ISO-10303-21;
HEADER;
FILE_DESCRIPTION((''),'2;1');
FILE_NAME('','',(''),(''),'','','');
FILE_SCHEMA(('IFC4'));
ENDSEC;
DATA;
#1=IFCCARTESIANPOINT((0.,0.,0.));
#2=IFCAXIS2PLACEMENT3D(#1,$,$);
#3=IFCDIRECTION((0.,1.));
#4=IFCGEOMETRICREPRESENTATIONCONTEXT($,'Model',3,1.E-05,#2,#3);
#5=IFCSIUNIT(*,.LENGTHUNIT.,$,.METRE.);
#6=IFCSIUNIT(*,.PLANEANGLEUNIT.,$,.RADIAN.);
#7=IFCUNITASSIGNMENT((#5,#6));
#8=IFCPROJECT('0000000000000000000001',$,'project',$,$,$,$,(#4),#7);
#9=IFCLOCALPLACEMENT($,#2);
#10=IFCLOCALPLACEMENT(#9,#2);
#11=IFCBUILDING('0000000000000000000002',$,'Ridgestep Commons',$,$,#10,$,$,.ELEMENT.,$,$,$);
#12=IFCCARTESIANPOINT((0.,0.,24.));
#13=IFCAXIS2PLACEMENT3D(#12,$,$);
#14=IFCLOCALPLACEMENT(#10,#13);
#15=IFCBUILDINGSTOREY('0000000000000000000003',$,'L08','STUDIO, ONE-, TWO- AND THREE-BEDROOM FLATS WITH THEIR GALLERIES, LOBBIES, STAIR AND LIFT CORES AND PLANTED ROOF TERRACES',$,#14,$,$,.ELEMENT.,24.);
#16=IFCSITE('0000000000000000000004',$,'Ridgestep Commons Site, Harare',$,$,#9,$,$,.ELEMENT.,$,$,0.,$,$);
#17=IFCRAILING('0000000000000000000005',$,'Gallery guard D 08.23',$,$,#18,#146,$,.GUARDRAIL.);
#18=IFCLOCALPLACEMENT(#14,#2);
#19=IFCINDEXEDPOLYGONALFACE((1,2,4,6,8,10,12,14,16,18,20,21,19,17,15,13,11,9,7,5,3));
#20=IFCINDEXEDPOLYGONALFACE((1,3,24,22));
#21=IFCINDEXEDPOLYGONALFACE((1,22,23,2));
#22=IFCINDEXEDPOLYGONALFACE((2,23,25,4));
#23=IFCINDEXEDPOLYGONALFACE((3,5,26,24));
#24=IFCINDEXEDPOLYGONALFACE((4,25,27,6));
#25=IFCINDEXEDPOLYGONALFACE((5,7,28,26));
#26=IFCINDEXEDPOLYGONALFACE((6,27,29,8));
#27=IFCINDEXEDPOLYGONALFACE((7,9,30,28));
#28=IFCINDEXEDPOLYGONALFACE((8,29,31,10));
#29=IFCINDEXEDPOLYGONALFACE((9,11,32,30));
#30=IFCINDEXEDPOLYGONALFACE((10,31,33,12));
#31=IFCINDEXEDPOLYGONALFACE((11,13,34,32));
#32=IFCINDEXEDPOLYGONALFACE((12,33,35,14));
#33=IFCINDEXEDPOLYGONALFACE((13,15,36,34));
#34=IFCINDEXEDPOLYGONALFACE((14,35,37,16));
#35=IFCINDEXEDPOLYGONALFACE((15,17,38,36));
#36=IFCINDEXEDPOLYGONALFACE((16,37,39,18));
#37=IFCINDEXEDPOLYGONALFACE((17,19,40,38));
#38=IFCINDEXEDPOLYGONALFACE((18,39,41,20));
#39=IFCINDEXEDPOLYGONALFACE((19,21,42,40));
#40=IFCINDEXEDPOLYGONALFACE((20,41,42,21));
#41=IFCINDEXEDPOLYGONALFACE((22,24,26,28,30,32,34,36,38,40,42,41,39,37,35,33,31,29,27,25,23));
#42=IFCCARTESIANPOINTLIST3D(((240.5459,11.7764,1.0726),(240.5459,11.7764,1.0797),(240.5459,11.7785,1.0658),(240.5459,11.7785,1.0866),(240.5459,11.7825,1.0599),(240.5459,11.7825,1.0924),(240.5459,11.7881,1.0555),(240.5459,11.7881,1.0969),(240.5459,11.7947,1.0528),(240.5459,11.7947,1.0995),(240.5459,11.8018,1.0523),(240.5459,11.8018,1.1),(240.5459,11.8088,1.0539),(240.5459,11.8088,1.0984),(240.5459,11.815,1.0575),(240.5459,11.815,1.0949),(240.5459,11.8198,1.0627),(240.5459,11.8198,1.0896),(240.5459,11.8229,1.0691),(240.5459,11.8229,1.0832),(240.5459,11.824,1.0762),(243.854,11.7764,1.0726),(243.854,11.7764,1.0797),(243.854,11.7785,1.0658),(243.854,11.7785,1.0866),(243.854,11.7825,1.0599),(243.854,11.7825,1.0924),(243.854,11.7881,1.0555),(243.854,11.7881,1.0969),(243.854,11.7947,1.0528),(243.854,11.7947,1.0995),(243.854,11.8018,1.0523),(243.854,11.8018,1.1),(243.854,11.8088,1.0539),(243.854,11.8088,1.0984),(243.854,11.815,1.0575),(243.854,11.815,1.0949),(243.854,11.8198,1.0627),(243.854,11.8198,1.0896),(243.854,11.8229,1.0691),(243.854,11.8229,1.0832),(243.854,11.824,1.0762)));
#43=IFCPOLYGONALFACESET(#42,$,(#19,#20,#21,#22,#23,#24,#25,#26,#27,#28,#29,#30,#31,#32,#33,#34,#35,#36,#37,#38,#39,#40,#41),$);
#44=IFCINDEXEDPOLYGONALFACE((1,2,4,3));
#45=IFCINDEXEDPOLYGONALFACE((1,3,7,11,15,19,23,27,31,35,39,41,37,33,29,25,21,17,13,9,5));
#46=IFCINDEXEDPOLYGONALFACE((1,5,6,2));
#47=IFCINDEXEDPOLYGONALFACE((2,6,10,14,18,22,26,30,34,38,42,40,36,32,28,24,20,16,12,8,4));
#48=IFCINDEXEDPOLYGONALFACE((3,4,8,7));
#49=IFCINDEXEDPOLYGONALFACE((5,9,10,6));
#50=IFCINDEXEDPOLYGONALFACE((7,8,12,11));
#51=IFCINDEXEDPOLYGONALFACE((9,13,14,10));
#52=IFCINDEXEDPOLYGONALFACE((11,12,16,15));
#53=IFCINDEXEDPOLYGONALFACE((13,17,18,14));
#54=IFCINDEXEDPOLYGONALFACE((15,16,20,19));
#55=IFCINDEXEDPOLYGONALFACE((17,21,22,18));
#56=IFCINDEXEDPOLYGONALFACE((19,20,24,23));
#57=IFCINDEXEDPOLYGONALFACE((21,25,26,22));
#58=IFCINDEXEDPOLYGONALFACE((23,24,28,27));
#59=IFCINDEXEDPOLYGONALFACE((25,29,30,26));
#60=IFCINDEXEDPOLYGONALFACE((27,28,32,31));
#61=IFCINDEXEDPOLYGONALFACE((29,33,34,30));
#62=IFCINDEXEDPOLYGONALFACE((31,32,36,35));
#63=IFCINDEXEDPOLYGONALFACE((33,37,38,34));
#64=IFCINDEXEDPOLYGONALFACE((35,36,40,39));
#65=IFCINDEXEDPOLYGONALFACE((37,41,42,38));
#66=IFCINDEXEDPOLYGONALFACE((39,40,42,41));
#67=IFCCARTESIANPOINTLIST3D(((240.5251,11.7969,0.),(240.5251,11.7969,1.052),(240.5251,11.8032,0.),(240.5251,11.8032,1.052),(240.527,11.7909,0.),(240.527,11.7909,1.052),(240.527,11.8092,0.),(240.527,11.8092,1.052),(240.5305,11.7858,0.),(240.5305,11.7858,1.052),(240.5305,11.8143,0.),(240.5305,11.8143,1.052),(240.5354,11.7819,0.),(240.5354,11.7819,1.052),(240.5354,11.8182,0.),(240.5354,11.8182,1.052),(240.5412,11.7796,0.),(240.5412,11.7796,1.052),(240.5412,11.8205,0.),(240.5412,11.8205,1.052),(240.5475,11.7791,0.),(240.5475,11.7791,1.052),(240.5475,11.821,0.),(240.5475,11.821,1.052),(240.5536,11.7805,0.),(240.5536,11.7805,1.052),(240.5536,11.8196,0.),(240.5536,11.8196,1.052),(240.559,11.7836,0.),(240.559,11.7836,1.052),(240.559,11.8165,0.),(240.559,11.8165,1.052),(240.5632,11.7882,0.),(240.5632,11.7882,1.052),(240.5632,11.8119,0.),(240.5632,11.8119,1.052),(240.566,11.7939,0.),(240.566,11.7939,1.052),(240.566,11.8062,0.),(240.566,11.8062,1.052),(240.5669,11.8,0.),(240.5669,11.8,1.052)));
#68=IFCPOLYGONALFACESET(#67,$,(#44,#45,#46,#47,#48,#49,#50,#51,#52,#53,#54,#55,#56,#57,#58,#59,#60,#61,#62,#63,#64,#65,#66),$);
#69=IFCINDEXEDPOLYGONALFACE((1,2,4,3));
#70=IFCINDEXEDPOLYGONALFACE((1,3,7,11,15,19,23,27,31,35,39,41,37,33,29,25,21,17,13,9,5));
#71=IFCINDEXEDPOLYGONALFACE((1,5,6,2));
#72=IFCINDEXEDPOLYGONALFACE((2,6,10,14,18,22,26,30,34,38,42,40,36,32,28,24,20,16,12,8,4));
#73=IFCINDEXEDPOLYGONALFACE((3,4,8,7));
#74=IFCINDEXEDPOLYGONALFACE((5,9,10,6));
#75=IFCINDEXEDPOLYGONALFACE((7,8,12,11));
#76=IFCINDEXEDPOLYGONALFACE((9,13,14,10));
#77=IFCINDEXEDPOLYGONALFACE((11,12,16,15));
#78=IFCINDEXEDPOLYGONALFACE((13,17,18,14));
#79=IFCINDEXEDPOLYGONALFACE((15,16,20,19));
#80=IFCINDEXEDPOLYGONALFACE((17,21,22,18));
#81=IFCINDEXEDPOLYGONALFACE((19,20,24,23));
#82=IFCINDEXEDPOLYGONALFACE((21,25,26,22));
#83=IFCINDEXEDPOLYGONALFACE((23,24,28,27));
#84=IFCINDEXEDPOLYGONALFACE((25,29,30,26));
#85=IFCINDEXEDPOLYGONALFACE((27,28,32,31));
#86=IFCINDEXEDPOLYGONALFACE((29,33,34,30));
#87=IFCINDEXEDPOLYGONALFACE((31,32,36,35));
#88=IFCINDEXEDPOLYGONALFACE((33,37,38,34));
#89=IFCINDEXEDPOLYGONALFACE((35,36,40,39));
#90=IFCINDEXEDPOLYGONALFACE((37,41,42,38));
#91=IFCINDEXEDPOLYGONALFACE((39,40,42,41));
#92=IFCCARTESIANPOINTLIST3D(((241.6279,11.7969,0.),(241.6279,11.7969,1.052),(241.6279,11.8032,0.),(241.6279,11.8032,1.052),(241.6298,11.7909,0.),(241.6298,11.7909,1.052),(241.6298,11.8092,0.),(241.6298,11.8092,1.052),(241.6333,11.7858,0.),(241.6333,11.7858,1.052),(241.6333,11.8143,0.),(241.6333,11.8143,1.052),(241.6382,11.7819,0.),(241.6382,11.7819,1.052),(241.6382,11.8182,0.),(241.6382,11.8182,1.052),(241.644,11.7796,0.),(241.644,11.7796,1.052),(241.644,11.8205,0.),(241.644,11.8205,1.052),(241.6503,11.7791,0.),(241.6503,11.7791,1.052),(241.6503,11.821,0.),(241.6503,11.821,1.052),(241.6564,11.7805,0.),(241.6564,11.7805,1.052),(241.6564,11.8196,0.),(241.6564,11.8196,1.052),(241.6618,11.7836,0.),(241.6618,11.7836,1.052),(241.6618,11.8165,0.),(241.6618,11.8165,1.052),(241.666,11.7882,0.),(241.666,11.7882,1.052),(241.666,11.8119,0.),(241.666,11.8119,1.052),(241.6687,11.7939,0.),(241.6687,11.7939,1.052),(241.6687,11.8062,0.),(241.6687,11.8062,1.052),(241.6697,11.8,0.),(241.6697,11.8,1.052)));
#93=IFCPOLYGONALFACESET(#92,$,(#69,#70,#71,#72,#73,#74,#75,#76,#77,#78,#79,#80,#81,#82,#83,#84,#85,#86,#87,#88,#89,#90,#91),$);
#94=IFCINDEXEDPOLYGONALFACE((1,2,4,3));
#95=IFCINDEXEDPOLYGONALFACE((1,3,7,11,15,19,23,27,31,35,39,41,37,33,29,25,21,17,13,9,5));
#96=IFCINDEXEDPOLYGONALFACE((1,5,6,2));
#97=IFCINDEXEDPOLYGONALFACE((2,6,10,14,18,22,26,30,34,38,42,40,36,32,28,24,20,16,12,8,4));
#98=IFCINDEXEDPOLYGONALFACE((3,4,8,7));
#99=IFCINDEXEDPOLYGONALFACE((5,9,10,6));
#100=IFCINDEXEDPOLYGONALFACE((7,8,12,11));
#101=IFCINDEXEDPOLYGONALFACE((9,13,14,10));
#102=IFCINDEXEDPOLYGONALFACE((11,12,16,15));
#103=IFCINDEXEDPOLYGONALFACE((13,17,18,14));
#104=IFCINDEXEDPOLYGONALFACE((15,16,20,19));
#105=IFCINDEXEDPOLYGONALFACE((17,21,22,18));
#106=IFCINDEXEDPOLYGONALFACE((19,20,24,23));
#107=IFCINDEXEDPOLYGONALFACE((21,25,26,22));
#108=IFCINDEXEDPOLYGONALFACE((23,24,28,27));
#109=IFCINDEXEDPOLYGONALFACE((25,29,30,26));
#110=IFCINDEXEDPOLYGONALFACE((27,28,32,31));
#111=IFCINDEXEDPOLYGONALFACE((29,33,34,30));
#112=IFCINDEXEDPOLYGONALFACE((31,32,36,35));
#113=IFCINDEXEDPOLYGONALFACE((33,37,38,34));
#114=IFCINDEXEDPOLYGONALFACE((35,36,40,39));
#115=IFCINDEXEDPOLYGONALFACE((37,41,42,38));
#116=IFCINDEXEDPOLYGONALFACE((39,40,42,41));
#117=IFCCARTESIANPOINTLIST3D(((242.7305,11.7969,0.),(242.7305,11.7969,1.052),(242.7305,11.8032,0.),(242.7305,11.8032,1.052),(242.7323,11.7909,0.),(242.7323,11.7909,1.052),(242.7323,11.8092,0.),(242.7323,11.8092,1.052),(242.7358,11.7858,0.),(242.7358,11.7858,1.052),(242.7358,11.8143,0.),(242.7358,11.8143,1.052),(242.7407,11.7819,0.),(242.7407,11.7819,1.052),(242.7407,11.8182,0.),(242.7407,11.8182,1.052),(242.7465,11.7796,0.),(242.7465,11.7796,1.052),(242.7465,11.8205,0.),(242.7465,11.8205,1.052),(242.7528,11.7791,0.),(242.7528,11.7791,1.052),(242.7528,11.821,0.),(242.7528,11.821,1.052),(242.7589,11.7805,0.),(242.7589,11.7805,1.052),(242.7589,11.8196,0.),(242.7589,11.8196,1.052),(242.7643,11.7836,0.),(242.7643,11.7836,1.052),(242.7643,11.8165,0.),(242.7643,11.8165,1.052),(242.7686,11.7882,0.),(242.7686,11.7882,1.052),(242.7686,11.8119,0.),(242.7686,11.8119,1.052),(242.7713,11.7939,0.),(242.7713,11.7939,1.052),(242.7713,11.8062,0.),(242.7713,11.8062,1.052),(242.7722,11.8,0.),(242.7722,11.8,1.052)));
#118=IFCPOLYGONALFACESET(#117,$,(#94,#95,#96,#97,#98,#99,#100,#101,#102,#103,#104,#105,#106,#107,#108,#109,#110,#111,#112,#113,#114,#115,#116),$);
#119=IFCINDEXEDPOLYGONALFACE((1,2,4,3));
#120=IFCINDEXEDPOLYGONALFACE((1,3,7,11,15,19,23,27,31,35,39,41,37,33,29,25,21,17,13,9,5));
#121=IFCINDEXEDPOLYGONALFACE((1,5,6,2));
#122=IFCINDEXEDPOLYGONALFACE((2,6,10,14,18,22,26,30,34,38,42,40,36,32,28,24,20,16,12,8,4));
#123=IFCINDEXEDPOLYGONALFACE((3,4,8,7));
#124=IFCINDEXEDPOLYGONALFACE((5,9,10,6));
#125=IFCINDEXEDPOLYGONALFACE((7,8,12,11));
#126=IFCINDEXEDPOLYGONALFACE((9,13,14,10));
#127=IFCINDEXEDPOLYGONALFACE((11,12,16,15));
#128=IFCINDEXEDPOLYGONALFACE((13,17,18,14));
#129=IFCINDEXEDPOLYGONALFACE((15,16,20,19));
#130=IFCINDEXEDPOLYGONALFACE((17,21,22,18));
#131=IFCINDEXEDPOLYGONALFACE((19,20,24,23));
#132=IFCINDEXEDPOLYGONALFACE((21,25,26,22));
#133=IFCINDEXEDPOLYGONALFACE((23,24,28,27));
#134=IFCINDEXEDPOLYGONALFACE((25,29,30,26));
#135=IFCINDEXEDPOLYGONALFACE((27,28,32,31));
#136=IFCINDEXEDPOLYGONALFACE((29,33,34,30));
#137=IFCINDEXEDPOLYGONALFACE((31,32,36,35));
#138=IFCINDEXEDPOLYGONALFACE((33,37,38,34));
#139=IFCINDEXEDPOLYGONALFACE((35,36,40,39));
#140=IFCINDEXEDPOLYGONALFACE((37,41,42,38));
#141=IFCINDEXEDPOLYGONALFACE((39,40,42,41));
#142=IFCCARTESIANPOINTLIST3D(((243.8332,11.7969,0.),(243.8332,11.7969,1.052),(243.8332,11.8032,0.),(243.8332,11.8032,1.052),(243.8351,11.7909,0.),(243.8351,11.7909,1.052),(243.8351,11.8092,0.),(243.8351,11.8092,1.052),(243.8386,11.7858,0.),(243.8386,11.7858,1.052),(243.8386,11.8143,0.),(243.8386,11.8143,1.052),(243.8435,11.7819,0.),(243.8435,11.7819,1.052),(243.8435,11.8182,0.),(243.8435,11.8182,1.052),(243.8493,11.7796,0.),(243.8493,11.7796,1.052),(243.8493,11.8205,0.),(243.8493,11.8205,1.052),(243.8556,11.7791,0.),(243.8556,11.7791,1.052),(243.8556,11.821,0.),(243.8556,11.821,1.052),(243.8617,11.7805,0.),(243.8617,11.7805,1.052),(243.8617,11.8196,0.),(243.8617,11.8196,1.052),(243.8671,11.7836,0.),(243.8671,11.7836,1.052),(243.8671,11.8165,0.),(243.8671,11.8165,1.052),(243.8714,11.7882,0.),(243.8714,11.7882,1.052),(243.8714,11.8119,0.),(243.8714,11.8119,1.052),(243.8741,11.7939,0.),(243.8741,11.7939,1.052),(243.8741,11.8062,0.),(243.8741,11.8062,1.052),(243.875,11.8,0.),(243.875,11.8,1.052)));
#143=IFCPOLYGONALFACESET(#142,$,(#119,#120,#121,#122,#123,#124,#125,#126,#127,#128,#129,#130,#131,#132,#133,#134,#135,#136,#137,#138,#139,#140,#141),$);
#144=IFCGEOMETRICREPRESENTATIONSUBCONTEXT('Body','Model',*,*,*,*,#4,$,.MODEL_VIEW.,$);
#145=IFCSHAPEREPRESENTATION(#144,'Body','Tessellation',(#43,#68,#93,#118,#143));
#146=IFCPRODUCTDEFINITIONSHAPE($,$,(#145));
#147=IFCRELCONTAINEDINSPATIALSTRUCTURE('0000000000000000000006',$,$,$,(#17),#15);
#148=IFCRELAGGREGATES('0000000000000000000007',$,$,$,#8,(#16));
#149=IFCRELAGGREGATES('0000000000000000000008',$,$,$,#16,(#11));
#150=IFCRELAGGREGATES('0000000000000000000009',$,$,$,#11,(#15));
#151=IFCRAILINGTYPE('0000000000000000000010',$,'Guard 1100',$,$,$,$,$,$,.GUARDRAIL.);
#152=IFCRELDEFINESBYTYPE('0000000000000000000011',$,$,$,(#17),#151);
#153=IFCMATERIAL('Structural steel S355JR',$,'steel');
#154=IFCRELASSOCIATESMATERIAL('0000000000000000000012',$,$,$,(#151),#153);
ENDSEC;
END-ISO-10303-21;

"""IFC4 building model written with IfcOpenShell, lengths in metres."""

from ifc_helpers import new_model, si_unit, direction, frame, origin, origin_2d, place, context, subcontext, project, spatial, circle, extrude, material, type_object, element, save


model = new_model("IFC4")

# Units and contexts
model_context = context("Model", 3, precision=1e-05, world=origin(), true_north=direction((0.0, 1.0)))
body_context = subcontext(model_context, "Body", "Model", "MODEL_VIEW")
ifc_project = project(units=[si_unit("LENGTHUNIT", "METRE"), si_unit("PLANEANGLEUNIT", "RADIAN")], contexts=[model_context])

# Site, building, storey
site_placement = place(None, origin())
site = spatial("IfcSite", under=ifc_project, at=site_placement, Name="Ridgestep Commons Site, Harare", CompositionType="ELEMENT", RefElevation=0.0)
building_placement = place(site_placement, origin())
building = spatial("IfcBuilding", under=site, at=building_placement, Name="Ridgestep Commons", CompositionType="ELEMENT")
storey_placement = place(building_placement, frame((0.0, 0.0, 24.0)))
storey = spatial("IfcBuildingStorey", under=building, at=storey_placement, Name="L08", Description="STUDIO, ONE-, TWO- AND THREE-BEDROOM FLATS WITH THEIR GALLERIES, LOBBIES, STAIR AND LIFT CORES AND PLANTED ROOF TERRACES", CompositionType="ELEMENT", Elevation=24.0)

# Railing
ifc_material_1 = material(Name="Structural steel S355JR", Category="steel")
railing_type = type_object("IfcRailingType", Name="Guard 1100", PredefinedType="GUARDRAIL", material=ifc_material_1)
railing_1_placement = place(storey_placement, frame((240.5459, 11.8, 0.0)))
element("IfcRailing", 1, at=railing_1_placement, inside=storey, type_object=railing_type, Name="Gallery guard D 08.23", PredefinedType="GUARDRAIL", context=body_context, shape_type="SweptSolid", body=[
    extrude(circle(Radius=0.0239, at=origin_2d()), frame((0.0, 0.0, 1.0762), z_axis=(1.0, 0.0, 0.0), x_axis=(0.0, 1.0, 0.0)), (0.0, 0.0, 1.0), 3.3081),
    extrude(circle(Radius=0.021, at=origin_2d()), origin(), (0.0, 0.0, 1.0), 1.052),
    extrude(circle(Radius=0.021, at=origin_2d()), frame((1.1028, 0.0, 0.0)), (0.0, 0.0, 1.0), 1.052),
    extrude(circle(Radius=0.021, at=origin_2d()), frame((2.2053, 0.0, 0.0)), (0.0, 0.0, 1.0), 1.052),
    extrude(circle(Radius=0.021, at=origin_2d()), frame((3.3081, 0.0, 0.0)), (0.0, 0.0, 1.0), 1.052),
])

save(model, "model.ifc")
